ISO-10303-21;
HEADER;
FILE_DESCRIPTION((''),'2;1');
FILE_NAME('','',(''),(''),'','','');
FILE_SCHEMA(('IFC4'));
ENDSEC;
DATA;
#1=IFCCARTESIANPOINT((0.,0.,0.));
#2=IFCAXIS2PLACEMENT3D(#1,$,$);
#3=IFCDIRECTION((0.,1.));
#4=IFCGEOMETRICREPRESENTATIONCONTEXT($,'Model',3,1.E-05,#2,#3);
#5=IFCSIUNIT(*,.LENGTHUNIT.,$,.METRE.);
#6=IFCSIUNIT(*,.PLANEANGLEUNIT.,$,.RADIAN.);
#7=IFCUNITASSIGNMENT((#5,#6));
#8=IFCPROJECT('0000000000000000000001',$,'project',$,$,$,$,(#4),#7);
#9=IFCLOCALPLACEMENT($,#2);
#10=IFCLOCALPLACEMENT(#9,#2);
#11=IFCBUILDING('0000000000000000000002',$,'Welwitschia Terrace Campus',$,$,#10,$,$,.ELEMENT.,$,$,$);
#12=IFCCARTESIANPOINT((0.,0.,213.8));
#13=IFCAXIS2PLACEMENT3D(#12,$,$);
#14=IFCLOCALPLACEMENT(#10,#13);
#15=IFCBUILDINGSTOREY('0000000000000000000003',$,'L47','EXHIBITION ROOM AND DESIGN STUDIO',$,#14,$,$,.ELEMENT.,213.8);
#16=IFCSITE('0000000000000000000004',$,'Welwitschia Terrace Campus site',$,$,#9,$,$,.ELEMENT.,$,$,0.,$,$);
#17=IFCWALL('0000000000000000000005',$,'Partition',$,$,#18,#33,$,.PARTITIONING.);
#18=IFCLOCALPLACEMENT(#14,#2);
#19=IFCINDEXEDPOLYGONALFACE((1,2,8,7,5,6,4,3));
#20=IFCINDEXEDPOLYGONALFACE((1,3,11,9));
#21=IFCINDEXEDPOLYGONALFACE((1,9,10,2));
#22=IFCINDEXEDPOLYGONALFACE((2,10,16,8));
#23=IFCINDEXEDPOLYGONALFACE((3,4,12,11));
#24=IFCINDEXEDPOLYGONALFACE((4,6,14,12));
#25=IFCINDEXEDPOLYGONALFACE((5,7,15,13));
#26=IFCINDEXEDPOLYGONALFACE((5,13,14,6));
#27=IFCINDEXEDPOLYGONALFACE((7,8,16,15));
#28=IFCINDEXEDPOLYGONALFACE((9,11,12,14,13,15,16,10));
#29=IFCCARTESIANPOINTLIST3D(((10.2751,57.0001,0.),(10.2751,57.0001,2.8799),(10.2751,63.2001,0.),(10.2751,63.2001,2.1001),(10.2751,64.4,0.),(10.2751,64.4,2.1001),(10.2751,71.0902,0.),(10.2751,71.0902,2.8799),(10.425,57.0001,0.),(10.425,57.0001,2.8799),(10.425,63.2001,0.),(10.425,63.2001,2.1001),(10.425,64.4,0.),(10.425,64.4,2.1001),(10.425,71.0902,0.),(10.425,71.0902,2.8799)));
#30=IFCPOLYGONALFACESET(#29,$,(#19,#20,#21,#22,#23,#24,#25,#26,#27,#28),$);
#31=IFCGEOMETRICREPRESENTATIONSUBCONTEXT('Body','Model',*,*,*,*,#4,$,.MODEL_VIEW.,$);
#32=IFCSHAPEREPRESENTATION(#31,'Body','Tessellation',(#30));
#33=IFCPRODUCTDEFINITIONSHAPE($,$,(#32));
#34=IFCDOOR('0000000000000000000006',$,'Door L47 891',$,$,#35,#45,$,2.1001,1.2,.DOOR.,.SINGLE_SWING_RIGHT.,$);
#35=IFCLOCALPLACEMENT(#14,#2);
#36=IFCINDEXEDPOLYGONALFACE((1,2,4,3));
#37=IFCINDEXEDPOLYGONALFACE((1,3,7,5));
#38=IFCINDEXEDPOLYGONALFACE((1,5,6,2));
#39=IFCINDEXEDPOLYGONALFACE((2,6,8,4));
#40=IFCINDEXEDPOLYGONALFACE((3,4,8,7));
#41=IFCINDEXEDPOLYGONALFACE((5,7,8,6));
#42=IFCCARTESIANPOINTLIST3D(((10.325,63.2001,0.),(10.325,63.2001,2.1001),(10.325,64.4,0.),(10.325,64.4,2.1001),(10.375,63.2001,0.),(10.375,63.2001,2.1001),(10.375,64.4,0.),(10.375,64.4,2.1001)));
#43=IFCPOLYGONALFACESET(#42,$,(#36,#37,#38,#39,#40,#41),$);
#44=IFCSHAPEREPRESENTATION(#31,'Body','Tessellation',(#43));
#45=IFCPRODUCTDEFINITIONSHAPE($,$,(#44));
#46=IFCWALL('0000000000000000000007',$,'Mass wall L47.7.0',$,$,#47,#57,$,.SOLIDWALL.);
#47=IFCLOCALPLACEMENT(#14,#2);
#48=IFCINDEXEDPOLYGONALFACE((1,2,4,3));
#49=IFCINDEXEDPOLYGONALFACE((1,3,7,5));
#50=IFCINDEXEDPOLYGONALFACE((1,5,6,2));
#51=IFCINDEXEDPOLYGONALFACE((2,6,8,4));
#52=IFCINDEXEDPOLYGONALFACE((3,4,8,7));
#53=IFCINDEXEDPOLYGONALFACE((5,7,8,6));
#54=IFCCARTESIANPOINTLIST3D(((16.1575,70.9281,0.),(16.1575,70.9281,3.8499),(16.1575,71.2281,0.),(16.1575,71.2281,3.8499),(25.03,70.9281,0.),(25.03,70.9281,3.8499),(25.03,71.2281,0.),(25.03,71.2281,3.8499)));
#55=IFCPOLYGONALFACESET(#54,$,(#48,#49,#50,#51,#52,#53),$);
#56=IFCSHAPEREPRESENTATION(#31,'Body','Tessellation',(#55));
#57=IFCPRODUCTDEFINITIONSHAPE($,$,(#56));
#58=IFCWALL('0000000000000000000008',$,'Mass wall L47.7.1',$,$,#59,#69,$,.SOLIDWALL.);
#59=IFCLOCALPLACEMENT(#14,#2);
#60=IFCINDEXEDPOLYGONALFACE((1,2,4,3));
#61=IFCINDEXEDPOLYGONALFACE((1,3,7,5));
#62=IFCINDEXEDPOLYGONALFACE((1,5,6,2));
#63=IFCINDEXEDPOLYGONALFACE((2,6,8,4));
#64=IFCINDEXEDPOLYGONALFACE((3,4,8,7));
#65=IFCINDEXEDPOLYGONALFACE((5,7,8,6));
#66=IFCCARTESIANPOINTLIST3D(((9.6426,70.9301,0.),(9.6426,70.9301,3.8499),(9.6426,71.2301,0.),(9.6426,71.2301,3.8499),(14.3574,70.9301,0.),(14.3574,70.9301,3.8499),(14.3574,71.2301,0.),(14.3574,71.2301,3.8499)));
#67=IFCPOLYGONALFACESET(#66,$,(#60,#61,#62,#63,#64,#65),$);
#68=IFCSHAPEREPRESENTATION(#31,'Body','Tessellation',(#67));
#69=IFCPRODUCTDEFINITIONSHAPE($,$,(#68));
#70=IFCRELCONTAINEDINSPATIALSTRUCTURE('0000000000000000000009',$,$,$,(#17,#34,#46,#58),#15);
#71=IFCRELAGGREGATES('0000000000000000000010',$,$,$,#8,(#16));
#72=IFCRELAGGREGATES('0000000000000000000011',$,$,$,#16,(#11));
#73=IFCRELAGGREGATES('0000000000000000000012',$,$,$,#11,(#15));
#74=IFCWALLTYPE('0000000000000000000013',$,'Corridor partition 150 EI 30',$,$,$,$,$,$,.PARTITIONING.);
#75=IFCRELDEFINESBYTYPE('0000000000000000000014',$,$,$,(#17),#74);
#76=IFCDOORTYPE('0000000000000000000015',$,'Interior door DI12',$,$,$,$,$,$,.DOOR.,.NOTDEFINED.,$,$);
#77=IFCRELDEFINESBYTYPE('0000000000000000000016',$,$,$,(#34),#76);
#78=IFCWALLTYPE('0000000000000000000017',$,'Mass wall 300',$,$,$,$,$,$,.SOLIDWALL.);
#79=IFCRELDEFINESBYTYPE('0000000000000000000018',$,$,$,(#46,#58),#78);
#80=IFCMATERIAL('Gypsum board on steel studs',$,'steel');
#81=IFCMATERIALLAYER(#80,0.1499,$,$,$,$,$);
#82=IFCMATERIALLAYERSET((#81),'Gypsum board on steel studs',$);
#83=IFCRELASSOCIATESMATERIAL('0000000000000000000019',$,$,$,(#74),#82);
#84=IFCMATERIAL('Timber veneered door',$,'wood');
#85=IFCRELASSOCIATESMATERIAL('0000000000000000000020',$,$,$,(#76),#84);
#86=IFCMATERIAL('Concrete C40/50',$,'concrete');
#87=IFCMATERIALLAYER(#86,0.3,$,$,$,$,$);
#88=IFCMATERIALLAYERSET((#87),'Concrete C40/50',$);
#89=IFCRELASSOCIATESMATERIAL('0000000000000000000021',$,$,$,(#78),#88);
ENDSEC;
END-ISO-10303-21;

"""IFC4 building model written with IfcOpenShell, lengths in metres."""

from ifc_helpers import new_model, si_unit, direction, frame, frame_2d, origin, place, context, subcontext, project, spatial, rectangle, extrude, material, layer, layer_set, type_object, element, fill, save


model = new_model("IFC4")

# Units and contexts
model_context = context("Model", 3, precision=1e-05, world=origin(), true_north=direction((0.0, 1.0)))
body_context = subcontext(model_context, "Body", "Model", "MODEL_VIEW")
ifc_project = project(units=[si_unit("LENGTHUNIT", "METRE"), si_unit("PLANEANGLEUNIT", "RADIAN")], contexts=[model_context])

# Site, building, storey
site_placement = place(None, origin())
site = spatial("IfcSite", under=ifc_project, at=site_placement, Name="Welwitschia Terrace Campus site", CompositionType="ELEMENT", RefElevation=0.0)
building_placement = place(site_placement, origin())
building = spatial("IfcBuilding", under=site, at=building_placement, Name="Welwitschia Terrace Campus", CompositionType="ELEMENT")
storey_placement = place(building_placement, frame((0.0, 0.0, 213.8)))
storey = spatial("IfcBuildingStorey", under=building, at=storey_placement, Name="L47", Description="EXHIBITION ROOM AND DESIGN STUDIO", CompositionType="ELEMENT", Elevation=213.8)

# Shared definitions
ifc_material_1 = material(Name="Gypsum board on steel studs", Category="steel")
ifc_layer_1 = layer(ifc_material_1, 0.1499)
ifc_layer_set_1 = layer_set([ifc_layer_1], Name="Gypsum board on steel studs")
wall_type_1 = type_object("IfcWallType", Name="Corridor partition 150 EI 30", PredefinedType="PARTITIONING", material=ifc_layer_set_1)

# Wall, opening, door
wall_1_placement = place(storey_placement, frame((10.3501, 71.0901, 0.0), z_axis=(0.0, 0.0, 1.0), x_axis=(0.0, -1.0, 0.0)))
wall_1 = element("IfcWall", 1, at=wall_1_placement, inside=storey, type_object=wall_type_1, Name="Partition", PredefinedType="PARTITIONING", context=body_context, shape_type="SweptSolid", body=[
    extrude(rectangle(XDim=14.0901, YDim=0.1499, at=frame_2d((7.0449, 0.0))), origin(), (0.0, 0.0, 1.0), 2.8799),
])
opening_placement = place(wall_1_placement, frame((6.6899, 0.0, 0.0)))
opening = element("IfcOpeningElement", 2, at=opening_placement, cuts=wall_1, PredefinedType="OPENING", context=body_context, shape_type="SweptSolid", body=[
    extrude(rectangle(XDim=1.2, YDim=2.1001, at=frame_2d((0.6001, 1.05))), frame((0.0, 0.085, 0.0), z_axis=(0.0, -1.0, 0.0), x_axis=(1.0, 0.0, 0.0)), (0.0, 0.0, 1.0), 0.1699),
])
ifc_material_2 = material(Name="Timber veneered door", Category="wood")
door_type = type_object("IfcDoorType", Name="Interior door DI12", OperationType="NOTDEFINED", PredefinedType="DOOR", material=ifc_material_2)
door_placement = place(opening_placement, origin())
door = element("IfcDoor", 3, at=door_placement, inside=storey, type_object=door_type, Name="Door L47 891", OperationType="SINGLE_SWING_RIGHT", OverallHeight=2.1001, OverallWidth=1.2, PredefinedType="DOOR", context=body_context, shape_type="SweptSolid", body=[
    extrude(rectangle(XDim=1.2, YDim=2.1001, at=frame_2d((0.6001, 1.05))), frame((0.0, 0.0249, 0.0), z_axis=(0.0, -1.0, 0.0), x_axis=(1.0, 0.0, 0.0)), (0.0, 0.0, 1.0), 0.05),
])
fill(opening, door)

# Walls
ifc_material_3 = material(Name="Concrete C40/50", Category="concrete")
ifc_layer_2 = layer(ifc_material_3, 0.3)
ifc_layer_set_2 = layer_set([ifc_layer_2], Name="Concrete C40/50")
wall_type_2 = type_object("IfcWallType", Name="Mass wall 300", PredefinedType="SOLIDWALL", material=ifc_layer_set_2)
wall_2_placement = place(storey_placement, frame((25.03, 71.0781, 0.0), z_axis=(0.0, 0.0, 1.0), x_axis=(-1.0, 0.0, 0.0)))
element("IfcWall", 4, at=wall_2_placement, inside=storey, type_object=wall_type_2, Name="Mass wall L47.7.0", PredefinedType="SOLIDWALL", context=body_context, shape_type="SweptSolid", body=[
    extrude(rectangle(XDim=8.8726, YDim=0.3, at=frame_2d((4.4363, 0.0))), origin(), (0.0, 0.0, 1.0), 3.8499),
])
wall_3_placement = place(storey_placement, frame((14.3574, 71.0801, 0.0), z_axis=(0.0, 0.0, 1.0), x_axis=(-1.0, 0.0, 0.0)))
element("IfcWall", 5, at=wall_3_placement, inside=storey, type_object=wall_type_2, Name="Mass wall L47.7.1", PredefinedType="SOLIDWALL", context=body_context, shape_type="SweptSolid", body=[
    extrude(rectangle(XDim=4.7148, YDim=0.3, at=frame_2d((2.3574, 0.0))), origin(), (0.0, 0.0, 1.0), 3.8499),
])

save(model, "model.ifc")
